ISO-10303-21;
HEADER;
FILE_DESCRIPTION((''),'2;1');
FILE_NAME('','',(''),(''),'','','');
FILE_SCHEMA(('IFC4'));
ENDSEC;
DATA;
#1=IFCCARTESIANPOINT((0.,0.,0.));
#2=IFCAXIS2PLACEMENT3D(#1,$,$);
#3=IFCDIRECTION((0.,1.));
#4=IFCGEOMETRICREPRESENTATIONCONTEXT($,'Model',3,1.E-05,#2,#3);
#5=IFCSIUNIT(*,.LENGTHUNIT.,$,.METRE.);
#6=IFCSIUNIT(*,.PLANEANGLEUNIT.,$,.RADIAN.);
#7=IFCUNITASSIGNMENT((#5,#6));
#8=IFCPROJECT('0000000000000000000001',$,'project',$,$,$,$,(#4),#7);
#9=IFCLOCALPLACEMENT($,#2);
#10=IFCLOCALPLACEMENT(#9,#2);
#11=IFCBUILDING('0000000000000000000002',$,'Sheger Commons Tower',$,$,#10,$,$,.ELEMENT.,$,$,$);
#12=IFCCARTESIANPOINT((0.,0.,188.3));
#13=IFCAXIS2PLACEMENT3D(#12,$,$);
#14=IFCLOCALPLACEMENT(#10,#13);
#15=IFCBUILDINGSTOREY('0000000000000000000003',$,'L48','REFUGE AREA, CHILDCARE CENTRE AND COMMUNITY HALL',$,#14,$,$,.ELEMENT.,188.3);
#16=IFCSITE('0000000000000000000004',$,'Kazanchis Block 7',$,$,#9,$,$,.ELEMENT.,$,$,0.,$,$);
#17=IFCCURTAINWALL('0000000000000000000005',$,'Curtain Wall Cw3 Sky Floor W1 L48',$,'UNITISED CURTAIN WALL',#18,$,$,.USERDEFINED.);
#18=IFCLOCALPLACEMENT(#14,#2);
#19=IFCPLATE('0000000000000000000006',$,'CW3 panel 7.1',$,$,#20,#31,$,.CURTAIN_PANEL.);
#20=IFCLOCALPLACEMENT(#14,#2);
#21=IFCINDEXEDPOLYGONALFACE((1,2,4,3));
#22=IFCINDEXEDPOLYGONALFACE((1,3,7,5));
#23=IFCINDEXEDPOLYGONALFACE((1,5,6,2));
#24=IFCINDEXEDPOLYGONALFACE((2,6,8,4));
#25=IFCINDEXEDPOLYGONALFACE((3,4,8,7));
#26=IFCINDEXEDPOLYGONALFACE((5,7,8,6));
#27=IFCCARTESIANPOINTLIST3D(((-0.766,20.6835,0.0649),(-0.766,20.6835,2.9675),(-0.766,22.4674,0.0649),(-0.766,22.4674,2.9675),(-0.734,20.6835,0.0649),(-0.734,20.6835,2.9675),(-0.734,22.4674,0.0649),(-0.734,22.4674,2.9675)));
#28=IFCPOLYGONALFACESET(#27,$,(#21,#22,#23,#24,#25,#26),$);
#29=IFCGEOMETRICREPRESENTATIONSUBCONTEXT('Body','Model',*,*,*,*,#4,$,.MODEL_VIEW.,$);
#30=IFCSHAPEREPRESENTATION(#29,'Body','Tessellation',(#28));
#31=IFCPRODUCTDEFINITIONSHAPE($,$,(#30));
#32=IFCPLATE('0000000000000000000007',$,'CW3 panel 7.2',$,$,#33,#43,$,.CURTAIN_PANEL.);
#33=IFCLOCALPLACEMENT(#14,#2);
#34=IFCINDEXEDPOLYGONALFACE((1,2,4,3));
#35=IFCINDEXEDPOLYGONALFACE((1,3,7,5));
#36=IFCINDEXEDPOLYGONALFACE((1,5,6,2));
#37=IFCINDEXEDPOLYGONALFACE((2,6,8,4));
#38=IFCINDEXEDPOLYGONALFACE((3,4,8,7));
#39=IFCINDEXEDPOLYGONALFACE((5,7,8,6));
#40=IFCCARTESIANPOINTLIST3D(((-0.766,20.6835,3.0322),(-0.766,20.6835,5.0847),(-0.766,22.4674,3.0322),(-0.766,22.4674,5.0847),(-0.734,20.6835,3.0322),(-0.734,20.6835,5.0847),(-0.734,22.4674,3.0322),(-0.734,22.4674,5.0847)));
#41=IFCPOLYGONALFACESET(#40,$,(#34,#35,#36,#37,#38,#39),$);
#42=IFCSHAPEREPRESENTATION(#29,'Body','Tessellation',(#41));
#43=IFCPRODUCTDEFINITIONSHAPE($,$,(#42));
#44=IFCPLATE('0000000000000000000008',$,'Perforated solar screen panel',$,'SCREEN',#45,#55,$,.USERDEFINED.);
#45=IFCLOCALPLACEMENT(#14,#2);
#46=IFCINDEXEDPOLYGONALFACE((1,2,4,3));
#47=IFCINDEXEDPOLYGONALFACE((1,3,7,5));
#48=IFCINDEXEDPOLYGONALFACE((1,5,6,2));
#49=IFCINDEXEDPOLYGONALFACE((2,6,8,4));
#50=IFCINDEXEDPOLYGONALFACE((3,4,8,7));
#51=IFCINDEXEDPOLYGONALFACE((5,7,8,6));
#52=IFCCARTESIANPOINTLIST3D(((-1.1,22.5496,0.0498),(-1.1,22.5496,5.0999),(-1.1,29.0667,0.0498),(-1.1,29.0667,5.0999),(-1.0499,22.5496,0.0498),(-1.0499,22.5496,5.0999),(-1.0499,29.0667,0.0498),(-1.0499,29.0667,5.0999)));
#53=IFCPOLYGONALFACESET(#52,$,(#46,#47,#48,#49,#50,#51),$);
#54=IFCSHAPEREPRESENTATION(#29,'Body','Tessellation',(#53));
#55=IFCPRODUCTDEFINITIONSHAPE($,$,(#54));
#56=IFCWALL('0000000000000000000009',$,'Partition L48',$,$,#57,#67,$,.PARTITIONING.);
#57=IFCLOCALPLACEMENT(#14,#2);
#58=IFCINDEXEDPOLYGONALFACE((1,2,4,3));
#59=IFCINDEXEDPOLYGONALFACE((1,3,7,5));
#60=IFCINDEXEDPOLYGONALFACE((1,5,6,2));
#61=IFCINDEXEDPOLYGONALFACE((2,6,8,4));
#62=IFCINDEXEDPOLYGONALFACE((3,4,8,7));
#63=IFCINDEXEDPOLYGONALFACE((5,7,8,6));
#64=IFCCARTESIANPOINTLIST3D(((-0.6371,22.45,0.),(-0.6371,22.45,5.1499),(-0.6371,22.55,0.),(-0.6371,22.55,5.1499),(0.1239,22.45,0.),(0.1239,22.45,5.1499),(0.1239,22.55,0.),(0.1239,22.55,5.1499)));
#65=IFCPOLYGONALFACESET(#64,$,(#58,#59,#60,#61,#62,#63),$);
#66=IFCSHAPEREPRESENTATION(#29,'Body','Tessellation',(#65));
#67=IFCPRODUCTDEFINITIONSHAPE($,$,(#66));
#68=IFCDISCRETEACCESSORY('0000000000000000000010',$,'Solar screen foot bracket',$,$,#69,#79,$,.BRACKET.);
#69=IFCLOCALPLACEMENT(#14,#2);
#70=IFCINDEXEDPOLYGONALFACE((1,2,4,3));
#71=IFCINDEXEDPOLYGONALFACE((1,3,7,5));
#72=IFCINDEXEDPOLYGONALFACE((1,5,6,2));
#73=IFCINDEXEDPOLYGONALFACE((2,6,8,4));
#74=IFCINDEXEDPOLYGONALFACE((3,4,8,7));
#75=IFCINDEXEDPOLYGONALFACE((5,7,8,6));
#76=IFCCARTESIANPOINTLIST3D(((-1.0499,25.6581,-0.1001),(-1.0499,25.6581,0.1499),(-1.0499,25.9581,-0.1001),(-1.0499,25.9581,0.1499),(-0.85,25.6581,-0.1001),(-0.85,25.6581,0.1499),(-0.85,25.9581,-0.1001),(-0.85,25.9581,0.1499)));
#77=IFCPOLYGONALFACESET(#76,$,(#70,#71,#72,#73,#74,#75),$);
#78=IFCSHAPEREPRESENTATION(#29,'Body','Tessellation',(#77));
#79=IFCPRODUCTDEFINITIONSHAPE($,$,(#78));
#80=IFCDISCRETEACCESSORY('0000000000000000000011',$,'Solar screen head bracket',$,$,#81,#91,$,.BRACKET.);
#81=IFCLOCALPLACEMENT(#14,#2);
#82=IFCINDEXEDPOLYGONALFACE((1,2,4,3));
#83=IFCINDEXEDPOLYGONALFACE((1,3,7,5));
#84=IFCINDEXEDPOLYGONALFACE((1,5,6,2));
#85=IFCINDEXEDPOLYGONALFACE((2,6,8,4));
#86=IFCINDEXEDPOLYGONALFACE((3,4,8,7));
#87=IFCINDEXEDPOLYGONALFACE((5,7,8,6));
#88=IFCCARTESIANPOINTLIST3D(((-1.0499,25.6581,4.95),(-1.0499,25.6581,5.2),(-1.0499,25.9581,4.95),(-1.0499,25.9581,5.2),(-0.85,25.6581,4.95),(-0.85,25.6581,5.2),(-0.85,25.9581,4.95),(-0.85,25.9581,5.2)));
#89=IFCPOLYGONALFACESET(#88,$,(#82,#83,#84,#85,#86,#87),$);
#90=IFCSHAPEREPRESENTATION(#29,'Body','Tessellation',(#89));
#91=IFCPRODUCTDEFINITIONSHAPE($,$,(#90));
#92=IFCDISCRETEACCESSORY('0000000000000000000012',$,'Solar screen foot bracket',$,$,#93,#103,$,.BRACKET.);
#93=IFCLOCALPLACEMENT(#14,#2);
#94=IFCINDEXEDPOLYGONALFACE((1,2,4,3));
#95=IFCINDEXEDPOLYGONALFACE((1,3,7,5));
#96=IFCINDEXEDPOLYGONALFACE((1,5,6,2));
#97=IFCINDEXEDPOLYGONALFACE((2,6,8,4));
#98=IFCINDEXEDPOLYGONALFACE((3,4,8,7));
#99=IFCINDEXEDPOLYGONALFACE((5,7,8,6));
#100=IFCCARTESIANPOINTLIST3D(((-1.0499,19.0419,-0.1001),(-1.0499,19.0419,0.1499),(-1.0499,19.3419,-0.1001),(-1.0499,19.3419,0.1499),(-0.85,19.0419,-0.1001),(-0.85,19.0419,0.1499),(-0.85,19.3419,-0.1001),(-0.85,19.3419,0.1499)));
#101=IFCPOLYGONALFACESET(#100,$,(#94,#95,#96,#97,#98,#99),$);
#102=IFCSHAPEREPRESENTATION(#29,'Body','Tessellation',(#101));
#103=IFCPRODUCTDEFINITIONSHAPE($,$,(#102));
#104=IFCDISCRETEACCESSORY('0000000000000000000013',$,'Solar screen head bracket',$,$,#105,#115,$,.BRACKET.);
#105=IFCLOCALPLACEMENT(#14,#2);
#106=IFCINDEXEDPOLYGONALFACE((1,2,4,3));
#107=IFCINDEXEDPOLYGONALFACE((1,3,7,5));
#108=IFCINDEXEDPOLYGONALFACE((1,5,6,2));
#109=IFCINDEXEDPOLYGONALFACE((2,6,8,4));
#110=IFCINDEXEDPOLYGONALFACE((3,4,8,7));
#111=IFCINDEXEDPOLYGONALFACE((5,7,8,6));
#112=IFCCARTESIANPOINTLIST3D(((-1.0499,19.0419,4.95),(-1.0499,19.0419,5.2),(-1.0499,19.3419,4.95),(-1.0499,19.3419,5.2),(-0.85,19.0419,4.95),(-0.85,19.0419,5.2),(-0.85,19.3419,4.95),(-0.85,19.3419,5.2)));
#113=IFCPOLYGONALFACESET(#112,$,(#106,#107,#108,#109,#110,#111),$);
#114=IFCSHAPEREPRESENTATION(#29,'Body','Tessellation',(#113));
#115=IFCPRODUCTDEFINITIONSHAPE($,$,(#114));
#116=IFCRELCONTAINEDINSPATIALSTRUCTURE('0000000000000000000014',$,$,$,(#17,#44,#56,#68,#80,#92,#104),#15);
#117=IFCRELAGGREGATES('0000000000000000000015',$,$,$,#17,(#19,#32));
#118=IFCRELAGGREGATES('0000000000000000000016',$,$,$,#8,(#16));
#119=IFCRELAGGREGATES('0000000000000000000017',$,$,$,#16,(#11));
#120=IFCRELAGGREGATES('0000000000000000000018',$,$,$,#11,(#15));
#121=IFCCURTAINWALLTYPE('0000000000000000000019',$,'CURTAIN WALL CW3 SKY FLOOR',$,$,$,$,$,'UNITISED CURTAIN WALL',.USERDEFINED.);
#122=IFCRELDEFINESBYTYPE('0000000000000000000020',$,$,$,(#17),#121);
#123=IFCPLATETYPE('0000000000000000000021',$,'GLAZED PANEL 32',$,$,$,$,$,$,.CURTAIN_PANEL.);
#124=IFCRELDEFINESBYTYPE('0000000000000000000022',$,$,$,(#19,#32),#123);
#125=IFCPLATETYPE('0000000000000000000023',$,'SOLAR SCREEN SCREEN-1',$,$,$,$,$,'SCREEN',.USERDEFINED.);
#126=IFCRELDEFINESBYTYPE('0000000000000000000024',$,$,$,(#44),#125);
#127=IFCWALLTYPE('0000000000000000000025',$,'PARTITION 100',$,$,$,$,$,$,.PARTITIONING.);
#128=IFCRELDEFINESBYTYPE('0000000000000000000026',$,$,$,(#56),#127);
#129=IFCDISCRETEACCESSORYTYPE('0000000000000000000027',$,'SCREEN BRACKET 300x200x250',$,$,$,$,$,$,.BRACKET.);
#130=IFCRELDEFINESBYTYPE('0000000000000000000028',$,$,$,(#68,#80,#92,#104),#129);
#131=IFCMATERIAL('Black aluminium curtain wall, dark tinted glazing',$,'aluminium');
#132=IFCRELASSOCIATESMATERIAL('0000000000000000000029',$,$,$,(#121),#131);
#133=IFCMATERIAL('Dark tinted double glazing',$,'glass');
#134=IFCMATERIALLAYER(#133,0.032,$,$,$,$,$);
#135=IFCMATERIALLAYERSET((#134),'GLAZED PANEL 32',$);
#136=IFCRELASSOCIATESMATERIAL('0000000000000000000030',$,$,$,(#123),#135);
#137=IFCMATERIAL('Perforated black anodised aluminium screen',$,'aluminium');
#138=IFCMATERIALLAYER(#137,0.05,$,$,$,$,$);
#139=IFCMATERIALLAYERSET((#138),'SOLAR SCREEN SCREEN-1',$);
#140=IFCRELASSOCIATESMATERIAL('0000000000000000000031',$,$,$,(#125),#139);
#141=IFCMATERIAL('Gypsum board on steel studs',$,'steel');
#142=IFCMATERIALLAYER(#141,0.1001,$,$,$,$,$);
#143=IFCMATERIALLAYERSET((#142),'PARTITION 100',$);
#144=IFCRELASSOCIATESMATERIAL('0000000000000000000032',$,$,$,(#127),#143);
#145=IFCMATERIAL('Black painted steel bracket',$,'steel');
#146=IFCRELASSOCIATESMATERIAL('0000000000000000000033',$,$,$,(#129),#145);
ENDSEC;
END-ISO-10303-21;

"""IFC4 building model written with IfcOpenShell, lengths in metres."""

from ifc_helpers import new_model, si_unit, direction, frame, frame_2d, origin, origin_2d, place, context, subcontext, project, spatial, rectangle, extrude, material, layer, layer_set, type_object, element, aggregate, save


model = new_model("IFC4")

# Units and contexts
model_context = context("Model", 3, precision=1e-05, world=origin(), true_north=direction((0.0, 1.0)))
body_context = subcontext(model_context, "Body", "Model", "MODEL_VIEW")
ifc_project = project(units=[si_unit("LENGTHUNIT", "METRE"), si_unit("PLANEANGLEUNIT", "RADIAN")], contexts=[model_context])

# Site, building, storey
site_placement = place(None, origin())
site = spatial("IfcSite", under=ifc_project, at=site_placement, Name="Kazanchis Block 7", CompositionType="ELEMENT", RefElevation=0.0)
building_placement = place(site_placement, origin())
building = spatial("IfcBuilding", under=site, at=building_placement, Name="Sheger Commons Tower", CompositionType="ELEMENT")
storey_placement = place(building_placement, frame((0.0, 0.0, 188.3)))
storey = spatial("IfcBuildingStorey", under=building, at=storey_placement, Name="L48", Description="REFUGE AREA, CHILDCARE CENTRE AND COMMUNITY HALL", CompositionType="ELEMENT", Elevation=188.3)

# Curtain wall, plates
ifc_material_1 = material(Name="Black aluminium curtain wall, dark tinted glazing", Category="aluminium")
curtain_wall_type = type_object("IfcCurtainWallType", Name="CURTAIN WALL CW3 SKY FLOOR", ElementType="UNITISED CURTAIN WALL", PredefinedType="USERDEFINED", material=ifc_material_1)
curtain_wall_placement = place(storey_placement, origin())
curtain_wall = element("IfcCurtainWall", 1, at=curtain_wall_placement, inside=storey, type_object=curtain_wall_type, Name="Curtain Wall Cw3 Sky Floor W1 L48", ObjectType="UNITISED CURTAIN WALL", PredefinedType="USERDEFINED")
ifc_material_2 = material(Name="Dark tinted double glazing", Category="glass")
ifc_layer_1 = layer(ifc_material_2, 0.032)
ifc_layer_set_1 = layer_set([ifc_layer_1], Name="GLAZED PANEL 32")
plate_type_1 = type_object("IfcPlateType", Name="GLAZED PANEL 32", PredefinedType="CURTAIN_PANEL", material=ifc_layer_set_1)
plate_1_placement = place(storey_placement, frame((-0.75, 21.5754, 0.0649), z_axis=(0.0, 0.0, 1.0), x_axis=(0.0, -1.0, 0.0)))
plate_1 = element("IfcPlate", 2, at=plate_1_placement, type_object=plate_type_1, Name="CW3 panel 7.1", PredefinedType="CURTAIN_PANEL", context=body_context, shape_type="SweptSolid", body=[
    extrude(rectangle(XDim=1.7839, YDim=0.032, at=origin_2d()), origin(), (0.0, 0.0, 1.0), 2.9026),
])
plate_2_placement = place(storey_placement, frame((-0.75, 21.5754, 3.0322), z_axis=(0.0, 0.0, 1.0), x_axis=(0.0, -1.0, 0.0)))
plate_2 = element("IfcPlate", 3, at=plate_2_placement, type_object=plate_type_1, Name="CW3 panel 7.2", PredefinedType="CURTAIN_PANEL", context=body_context, shape_type="SweptSolid", body=[
    extrude(rectangle(XDim=1.7839, YDim=0.032, at=origin_2d()), origin(), (0.0, 0.0, 1.0), 2.0525),
])
aggregate(curtain_wall, [plate_1, plate_2])

# Plate
ifc_material_3 = material(Name="Perforated black anodised aluminium screen", Category="aluminium")
ifc_layer_2 = layer(ifc_material_3, 0.05)
ifc_layer_set_2 = layer_set([ifc_layer_2], Name="SOLAR SCREEN SCREEN-1")
plate_type_2 = type_object("IfcPlateType", Name="SOLAR SCREEN SCREEN-1", ElementType="SCREEN", PredefinedType="USERDEFINED", material=ifc_layer_set_2)
plate_3_placement = place(storey_placement, frame((-1.075, 25.8081, 0.0498), z_axis=(0.0, 0.0, 1.0), x_axis=(0.0, -1.0, 0.0)))
element("IfcPlate", 4, at=plate_3_placement, inside=storey, type_object=plate_type_2, Name="Perforated solar screen panel", ObjectType="SCREEN", PredefinedType="USERDEFINED", context=body_context, shape_type="SweptSolid", body=[
    extrude(rectangle(XDim=6.5171, YDim=0.05, at=origin_2d()), origin(), (0.0, 0.0, 1.0), 5.05),
])

# Wall
ifc_material_4 = material(Name="Gypsum board on steel studs", Category="steel")
ifc_layer_3 = layer(ifc_material_4, 0.1001)
ifc_layer_set_3 = layer_set([ifc_layer_3], Name="PARTITION 100")
wall_type = type_object("IfcWallType", Name="PARTITION 100", PredefinedType="PARTITIONING", material=ifc_layer_set_3)
wall_placement = place(storey_placement, frame((-0.637, 22.5, 0.0), z_axis=(0.0, 0.0, 1.0), x_axis=(1.0, 0.0, 0.0)))
element("IfcWall", 5, at=wall_placement, inside=storey, type_object=wall_type, Name="Partition L48", PredefinedType="PARTITIONING", context=body_context, shape_type="SweptSolid", body=[
    extrude(rectangle(XDim=0.761, YDim=0.1001, at=frame_2d((0.3804, 0.0))), origin(), (0.0, 0.0, 1.0), 5.1499),
])

# Discrete accessories
ifc_material_5 = material(Name="Black painted steel bracket", Category="steel")
discrete_accessory_type = type_object("IfcDiscreteAccessoryType", Name="SCREEN BRACKET 300x200x250", PredefinedType="BRACKET", material=ifc_material_5)
for number, where, z_axis, x_axis, name in (
    (6, (-0.95, 25.8081, -0.1001), (0.0, 0.0, 1.0), (0.0, -1.0, 0.0), "Solar screen foot bracket"),
    (7, (-0.95, 25.8081, 4.95), (0.0, 0.0, 1.0), (0.0, -1.0, 0.0), "Solar screen head bracket"),
    (8, (-0.95, 19.1919, -0.1001), (0.0, 0.0, 1.0), (0.0, -1.0, 0.0), "Solar screen foot bracket"),
    (9, (-0.95, 19.1919, 4.95), (0.0, 0.0, 1.0), (0.0, -1.0, 0.0), "Solar screen head bracket"),
):
    element("IfcDiscreteAccessory", number, at=place(storey_placement, frame(where, z_axis=z_axis, x_axis=x_axis)), inside=storey, type_object=discrete_accessory_type, Name=name, PredefinedType="BRACKET", context=body_context, shape_type="SweptSolid", body=[
        extrude(rectangle(XDim=0.3, YDim=0.2, at=origin_2d()), origin(), (0.0, 0.0, 1.0), 0.25),
    ])

save(model, "model.ifc")
